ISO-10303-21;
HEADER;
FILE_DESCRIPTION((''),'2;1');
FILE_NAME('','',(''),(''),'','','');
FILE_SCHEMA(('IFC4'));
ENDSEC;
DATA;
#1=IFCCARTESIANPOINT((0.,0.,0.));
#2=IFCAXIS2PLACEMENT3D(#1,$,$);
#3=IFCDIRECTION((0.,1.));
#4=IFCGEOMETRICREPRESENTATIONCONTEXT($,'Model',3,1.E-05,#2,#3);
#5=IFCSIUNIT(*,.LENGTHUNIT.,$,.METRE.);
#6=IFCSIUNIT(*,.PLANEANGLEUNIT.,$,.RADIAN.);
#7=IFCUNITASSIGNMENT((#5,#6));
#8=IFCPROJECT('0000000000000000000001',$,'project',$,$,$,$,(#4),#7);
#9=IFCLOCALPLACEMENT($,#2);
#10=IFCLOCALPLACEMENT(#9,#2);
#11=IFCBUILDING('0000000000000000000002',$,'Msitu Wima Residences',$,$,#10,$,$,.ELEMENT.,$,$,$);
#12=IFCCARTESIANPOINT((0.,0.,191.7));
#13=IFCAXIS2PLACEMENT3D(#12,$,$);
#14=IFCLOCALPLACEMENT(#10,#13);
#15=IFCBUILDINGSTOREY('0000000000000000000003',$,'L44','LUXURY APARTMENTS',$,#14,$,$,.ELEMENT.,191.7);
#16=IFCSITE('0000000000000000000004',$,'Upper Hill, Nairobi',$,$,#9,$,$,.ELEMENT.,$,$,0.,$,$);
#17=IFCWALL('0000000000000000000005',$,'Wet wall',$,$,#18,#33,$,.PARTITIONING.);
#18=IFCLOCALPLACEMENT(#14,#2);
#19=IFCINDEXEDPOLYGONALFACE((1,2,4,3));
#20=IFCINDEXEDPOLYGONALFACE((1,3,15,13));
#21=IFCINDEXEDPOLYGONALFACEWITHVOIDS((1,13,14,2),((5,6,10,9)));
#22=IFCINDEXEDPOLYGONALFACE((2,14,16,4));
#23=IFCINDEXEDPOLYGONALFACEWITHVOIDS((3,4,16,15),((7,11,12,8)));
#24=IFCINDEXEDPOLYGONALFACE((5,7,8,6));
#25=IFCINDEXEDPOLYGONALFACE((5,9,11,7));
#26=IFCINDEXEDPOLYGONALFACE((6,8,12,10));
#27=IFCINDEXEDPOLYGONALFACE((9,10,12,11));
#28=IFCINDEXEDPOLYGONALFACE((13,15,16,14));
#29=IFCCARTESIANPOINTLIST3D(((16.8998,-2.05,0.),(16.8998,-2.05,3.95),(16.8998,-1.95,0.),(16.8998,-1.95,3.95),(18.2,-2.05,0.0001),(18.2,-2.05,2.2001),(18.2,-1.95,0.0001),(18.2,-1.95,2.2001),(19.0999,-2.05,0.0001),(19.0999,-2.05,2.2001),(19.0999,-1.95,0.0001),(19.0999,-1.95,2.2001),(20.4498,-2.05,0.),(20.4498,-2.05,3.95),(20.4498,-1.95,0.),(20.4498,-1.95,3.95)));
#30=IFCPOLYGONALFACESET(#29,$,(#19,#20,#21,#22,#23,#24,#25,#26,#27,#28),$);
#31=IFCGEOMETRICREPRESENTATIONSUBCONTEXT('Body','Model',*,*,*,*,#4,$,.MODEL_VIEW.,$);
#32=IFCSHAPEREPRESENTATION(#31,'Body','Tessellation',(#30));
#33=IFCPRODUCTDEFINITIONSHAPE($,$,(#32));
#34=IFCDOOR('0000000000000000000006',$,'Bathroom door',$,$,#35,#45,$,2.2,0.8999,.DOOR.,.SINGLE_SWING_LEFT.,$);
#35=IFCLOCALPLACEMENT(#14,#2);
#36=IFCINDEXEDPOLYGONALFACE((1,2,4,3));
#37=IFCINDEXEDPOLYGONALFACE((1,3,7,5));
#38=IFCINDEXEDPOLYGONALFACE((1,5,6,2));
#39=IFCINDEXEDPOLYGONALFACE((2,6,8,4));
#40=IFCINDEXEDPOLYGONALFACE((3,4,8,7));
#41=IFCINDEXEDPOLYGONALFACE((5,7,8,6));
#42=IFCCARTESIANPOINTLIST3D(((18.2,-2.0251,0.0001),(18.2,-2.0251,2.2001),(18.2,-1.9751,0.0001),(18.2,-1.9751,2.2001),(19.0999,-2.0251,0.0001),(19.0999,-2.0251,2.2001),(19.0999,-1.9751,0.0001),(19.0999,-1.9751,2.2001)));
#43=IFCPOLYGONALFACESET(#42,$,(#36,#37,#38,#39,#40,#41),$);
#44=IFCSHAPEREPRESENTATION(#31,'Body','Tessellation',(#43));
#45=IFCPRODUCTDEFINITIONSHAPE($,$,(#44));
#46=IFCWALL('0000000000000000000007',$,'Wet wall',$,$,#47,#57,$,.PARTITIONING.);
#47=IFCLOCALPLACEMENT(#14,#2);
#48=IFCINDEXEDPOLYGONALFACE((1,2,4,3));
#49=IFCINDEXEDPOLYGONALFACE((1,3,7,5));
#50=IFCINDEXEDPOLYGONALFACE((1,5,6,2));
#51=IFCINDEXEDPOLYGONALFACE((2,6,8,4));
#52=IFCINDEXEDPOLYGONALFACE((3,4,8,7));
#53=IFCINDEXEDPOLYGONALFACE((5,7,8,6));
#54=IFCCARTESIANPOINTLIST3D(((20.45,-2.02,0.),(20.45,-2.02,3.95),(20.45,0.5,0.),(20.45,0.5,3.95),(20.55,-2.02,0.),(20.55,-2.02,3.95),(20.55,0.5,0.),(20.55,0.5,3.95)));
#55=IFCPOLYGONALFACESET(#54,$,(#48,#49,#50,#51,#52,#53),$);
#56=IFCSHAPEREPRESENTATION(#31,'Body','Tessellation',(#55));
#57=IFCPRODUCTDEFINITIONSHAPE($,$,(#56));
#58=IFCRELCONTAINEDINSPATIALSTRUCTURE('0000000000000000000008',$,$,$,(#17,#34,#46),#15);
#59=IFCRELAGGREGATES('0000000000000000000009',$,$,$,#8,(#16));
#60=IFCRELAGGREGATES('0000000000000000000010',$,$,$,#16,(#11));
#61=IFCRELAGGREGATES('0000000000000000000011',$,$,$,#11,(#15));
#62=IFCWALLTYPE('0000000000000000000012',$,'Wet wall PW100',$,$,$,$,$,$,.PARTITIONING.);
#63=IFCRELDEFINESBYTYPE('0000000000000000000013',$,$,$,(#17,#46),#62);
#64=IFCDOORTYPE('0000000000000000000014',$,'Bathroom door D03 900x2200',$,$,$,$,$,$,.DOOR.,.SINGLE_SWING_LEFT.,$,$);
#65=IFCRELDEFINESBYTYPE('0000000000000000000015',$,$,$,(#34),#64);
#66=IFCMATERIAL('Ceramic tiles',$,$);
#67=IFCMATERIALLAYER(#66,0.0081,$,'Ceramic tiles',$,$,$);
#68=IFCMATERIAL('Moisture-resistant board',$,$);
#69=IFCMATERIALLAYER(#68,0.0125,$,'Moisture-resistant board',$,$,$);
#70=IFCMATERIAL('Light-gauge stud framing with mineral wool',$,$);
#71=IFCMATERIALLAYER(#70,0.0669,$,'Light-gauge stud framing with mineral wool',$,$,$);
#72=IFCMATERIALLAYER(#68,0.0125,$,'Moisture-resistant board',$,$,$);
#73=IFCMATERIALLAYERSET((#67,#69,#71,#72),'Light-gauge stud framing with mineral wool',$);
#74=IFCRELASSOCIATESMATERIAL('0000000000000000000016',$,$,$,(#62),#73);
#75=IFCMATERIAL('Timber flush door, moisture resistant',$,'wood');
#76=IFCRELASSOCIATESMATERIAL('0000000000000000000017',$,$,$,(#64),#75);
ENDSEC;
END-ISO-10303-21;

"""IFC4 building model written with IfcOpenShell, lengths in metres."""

from ifc_helpers import new_model, si_unit, direction, frame, frame_2d, origin, place, context, subcontext, project, spatial, rectangle, extrude, material, layer, layer_set, type_object, element, fill, save


model = new_model("IFC4")

# Units and contexts
model_context = context("Model", 3, precision=1e-05, world=origin(), true_north=direction((0.0, 1.0)))
body_context = subcontext(model_context, "Body", "Model", "MODEL_VIEW")
ifc_project = project(units=[si_unit("LENGTHUNIT", "METRE"), si_unit("PLANEANGLEUNIT", "RADIAN")], contexts=[model_context])

# Site, building, storey
site_placement = place(None, origin())
site = spatial("IfcSite", under=ifc_project, at=site_placement, Name="Upper Hill, Nairobi", CompositionType="ELEMENT", RefElevation=0.0)
building_placement = place(site_placement, origin())
building = spatial("IfcBuilding", under=site, at=building_placement, Name="Msitu Wima Residences", CompositionType="ELEMENT")
storey_placement = place(building_placement, frame((0.0, 0.0, 191.7)))
storey = spatial("IfcBuildingStorey", under=building, at=storey_placement, Name="L44", Description="LUXURY APARTMENTS", CompositionType="ELEMENT", Elevation=191.7)

# Wall, opening, door
ifc_material_1 = material(Name="Ceramic tiles")
ifc_layer_1 = layer(ifc_material_1, 0.0081, Name="Ceramic tiles")
ifc_material_2 = material(Name="Moisture-resistant board")
ifc_layer_2 = layer(ifc_material_2, 0.0125, Name="Moisture-resistant board")
ifc_material_3 = material(Name="Light-gauge stud framing with mineral wool")
ifc_layer_3 = layer(ifc_material_3, 0.0669, Name="Light-gauge stud framing with mineral wool")
ifc_layer_4 = layer(ifc_material_2, 0.0125, Name="Moisture-resistant board")
ifc_layer_set_1 = layer_set([ifc_layer_1, ifc_layer_2, ifc_layer_3, ifc_layer_4], Name="Light-gauge stud framing with mineral wool")
wall_type_1 = type_object("IfcWallType", Name="Wet wall PW100", PredefinedType="PARTITIONING", material=ifc_layer_set_1)
wall_1_placement = place(storey_placement, frame((16.8999, -2.0, 0.0), z_axis=(0.0, 0.0, 1.0), x_axis=(1.0, 0.0, 0.0)))
wall_1 = element("IfcWall", 1, at=wall_1_placement, inside=storey, type_object=wall_type_1, Name="Wet wall", PredefinedType="PARTITIONING", context=body_context, shape_type="SweptSolid", body=[
    extrude(rectangle(XDim=3.55, YDim=0.1001, at=frame_2d((1.7749, 0.0))), origin(), (0.0, 0.0, 1.0), 3.95),
])
opening_1_placement = place(wall_1_placement, frame((1.3, 0.0, 0.0)))
opening_1 = element("IfcOpeningElement", 2, at=opening_1_placement, cuts=wall_1, PredefinedType="OPENING", context=body_context, shape_type="SweptSolid", body=[
    extrude(rectangle(XDim=0.8999, YDim=2.2, at=frame_2d((0.45, 1.1001))), frame((0.0, 0.0601, 0.0), z_axis=(0.0, -1.0, 0.0), x_axis=(1.0, 0.0, 0.0)), (0.0, 0.0, 1.0), 0.1201),
])
ifc_material_4 = material(Name="Timber flush door, moisture resistant", Category="wood")
door_type_1 = type_object("IfcDoorType", Name="Bathroom door D03 900x2200", OperationType="SINGLE_SWING_LEFT", PredefinedType="DOOR", material=ifc_material_4)
door_1_placement = place(opening_1_placement, origin())
door_1 = element("IfcDoor", 3, at=door_1_placement, inside=storey, type_object=door_type_1, Name="Bathroom door", OperationType="SINGLE_SWING_LEFT", OverallHeight=2.2, OverallWidth=0.8999, PredefinedType="DOOR", context=body_context, shape_type="SweptSolid", body=[
    extrude(rectangle(XDim=0.8999, YDim=2.2, at=frame_2d((0.45, 1.1001))), frame((0.0, 0.0249, 0.0), z_axis=(0.0, -1.0, 0.0), x_axis=(1.0, 0.0, 0.0)), (0.0, 0.0, 1.0), 0.05),
])
fill(opening_1, door_1)

# Wall
wall_2_placement = place(storey_placement, frame((20.5, -2.02, 0.0), z_axis=(0.0, 0.0, 1.0), x_axis=(0.0, 1.0, 0.0)))
element("IfcWall", 4, at=wall_2_placement, inside=storey, type_object=wall_type_1, Name="Wet wall", PredefinedType="PARTITIONING", context=body_context, shape_type="SweptSolid", body=[
    extrude(rectangle(XDim=2.52, YDim=0.1001, at=frame_2d((1.26, 0.0))), origin(), (0.0, 0.0, 1.0), 3.95),
])

save(model, "model.ifc")
